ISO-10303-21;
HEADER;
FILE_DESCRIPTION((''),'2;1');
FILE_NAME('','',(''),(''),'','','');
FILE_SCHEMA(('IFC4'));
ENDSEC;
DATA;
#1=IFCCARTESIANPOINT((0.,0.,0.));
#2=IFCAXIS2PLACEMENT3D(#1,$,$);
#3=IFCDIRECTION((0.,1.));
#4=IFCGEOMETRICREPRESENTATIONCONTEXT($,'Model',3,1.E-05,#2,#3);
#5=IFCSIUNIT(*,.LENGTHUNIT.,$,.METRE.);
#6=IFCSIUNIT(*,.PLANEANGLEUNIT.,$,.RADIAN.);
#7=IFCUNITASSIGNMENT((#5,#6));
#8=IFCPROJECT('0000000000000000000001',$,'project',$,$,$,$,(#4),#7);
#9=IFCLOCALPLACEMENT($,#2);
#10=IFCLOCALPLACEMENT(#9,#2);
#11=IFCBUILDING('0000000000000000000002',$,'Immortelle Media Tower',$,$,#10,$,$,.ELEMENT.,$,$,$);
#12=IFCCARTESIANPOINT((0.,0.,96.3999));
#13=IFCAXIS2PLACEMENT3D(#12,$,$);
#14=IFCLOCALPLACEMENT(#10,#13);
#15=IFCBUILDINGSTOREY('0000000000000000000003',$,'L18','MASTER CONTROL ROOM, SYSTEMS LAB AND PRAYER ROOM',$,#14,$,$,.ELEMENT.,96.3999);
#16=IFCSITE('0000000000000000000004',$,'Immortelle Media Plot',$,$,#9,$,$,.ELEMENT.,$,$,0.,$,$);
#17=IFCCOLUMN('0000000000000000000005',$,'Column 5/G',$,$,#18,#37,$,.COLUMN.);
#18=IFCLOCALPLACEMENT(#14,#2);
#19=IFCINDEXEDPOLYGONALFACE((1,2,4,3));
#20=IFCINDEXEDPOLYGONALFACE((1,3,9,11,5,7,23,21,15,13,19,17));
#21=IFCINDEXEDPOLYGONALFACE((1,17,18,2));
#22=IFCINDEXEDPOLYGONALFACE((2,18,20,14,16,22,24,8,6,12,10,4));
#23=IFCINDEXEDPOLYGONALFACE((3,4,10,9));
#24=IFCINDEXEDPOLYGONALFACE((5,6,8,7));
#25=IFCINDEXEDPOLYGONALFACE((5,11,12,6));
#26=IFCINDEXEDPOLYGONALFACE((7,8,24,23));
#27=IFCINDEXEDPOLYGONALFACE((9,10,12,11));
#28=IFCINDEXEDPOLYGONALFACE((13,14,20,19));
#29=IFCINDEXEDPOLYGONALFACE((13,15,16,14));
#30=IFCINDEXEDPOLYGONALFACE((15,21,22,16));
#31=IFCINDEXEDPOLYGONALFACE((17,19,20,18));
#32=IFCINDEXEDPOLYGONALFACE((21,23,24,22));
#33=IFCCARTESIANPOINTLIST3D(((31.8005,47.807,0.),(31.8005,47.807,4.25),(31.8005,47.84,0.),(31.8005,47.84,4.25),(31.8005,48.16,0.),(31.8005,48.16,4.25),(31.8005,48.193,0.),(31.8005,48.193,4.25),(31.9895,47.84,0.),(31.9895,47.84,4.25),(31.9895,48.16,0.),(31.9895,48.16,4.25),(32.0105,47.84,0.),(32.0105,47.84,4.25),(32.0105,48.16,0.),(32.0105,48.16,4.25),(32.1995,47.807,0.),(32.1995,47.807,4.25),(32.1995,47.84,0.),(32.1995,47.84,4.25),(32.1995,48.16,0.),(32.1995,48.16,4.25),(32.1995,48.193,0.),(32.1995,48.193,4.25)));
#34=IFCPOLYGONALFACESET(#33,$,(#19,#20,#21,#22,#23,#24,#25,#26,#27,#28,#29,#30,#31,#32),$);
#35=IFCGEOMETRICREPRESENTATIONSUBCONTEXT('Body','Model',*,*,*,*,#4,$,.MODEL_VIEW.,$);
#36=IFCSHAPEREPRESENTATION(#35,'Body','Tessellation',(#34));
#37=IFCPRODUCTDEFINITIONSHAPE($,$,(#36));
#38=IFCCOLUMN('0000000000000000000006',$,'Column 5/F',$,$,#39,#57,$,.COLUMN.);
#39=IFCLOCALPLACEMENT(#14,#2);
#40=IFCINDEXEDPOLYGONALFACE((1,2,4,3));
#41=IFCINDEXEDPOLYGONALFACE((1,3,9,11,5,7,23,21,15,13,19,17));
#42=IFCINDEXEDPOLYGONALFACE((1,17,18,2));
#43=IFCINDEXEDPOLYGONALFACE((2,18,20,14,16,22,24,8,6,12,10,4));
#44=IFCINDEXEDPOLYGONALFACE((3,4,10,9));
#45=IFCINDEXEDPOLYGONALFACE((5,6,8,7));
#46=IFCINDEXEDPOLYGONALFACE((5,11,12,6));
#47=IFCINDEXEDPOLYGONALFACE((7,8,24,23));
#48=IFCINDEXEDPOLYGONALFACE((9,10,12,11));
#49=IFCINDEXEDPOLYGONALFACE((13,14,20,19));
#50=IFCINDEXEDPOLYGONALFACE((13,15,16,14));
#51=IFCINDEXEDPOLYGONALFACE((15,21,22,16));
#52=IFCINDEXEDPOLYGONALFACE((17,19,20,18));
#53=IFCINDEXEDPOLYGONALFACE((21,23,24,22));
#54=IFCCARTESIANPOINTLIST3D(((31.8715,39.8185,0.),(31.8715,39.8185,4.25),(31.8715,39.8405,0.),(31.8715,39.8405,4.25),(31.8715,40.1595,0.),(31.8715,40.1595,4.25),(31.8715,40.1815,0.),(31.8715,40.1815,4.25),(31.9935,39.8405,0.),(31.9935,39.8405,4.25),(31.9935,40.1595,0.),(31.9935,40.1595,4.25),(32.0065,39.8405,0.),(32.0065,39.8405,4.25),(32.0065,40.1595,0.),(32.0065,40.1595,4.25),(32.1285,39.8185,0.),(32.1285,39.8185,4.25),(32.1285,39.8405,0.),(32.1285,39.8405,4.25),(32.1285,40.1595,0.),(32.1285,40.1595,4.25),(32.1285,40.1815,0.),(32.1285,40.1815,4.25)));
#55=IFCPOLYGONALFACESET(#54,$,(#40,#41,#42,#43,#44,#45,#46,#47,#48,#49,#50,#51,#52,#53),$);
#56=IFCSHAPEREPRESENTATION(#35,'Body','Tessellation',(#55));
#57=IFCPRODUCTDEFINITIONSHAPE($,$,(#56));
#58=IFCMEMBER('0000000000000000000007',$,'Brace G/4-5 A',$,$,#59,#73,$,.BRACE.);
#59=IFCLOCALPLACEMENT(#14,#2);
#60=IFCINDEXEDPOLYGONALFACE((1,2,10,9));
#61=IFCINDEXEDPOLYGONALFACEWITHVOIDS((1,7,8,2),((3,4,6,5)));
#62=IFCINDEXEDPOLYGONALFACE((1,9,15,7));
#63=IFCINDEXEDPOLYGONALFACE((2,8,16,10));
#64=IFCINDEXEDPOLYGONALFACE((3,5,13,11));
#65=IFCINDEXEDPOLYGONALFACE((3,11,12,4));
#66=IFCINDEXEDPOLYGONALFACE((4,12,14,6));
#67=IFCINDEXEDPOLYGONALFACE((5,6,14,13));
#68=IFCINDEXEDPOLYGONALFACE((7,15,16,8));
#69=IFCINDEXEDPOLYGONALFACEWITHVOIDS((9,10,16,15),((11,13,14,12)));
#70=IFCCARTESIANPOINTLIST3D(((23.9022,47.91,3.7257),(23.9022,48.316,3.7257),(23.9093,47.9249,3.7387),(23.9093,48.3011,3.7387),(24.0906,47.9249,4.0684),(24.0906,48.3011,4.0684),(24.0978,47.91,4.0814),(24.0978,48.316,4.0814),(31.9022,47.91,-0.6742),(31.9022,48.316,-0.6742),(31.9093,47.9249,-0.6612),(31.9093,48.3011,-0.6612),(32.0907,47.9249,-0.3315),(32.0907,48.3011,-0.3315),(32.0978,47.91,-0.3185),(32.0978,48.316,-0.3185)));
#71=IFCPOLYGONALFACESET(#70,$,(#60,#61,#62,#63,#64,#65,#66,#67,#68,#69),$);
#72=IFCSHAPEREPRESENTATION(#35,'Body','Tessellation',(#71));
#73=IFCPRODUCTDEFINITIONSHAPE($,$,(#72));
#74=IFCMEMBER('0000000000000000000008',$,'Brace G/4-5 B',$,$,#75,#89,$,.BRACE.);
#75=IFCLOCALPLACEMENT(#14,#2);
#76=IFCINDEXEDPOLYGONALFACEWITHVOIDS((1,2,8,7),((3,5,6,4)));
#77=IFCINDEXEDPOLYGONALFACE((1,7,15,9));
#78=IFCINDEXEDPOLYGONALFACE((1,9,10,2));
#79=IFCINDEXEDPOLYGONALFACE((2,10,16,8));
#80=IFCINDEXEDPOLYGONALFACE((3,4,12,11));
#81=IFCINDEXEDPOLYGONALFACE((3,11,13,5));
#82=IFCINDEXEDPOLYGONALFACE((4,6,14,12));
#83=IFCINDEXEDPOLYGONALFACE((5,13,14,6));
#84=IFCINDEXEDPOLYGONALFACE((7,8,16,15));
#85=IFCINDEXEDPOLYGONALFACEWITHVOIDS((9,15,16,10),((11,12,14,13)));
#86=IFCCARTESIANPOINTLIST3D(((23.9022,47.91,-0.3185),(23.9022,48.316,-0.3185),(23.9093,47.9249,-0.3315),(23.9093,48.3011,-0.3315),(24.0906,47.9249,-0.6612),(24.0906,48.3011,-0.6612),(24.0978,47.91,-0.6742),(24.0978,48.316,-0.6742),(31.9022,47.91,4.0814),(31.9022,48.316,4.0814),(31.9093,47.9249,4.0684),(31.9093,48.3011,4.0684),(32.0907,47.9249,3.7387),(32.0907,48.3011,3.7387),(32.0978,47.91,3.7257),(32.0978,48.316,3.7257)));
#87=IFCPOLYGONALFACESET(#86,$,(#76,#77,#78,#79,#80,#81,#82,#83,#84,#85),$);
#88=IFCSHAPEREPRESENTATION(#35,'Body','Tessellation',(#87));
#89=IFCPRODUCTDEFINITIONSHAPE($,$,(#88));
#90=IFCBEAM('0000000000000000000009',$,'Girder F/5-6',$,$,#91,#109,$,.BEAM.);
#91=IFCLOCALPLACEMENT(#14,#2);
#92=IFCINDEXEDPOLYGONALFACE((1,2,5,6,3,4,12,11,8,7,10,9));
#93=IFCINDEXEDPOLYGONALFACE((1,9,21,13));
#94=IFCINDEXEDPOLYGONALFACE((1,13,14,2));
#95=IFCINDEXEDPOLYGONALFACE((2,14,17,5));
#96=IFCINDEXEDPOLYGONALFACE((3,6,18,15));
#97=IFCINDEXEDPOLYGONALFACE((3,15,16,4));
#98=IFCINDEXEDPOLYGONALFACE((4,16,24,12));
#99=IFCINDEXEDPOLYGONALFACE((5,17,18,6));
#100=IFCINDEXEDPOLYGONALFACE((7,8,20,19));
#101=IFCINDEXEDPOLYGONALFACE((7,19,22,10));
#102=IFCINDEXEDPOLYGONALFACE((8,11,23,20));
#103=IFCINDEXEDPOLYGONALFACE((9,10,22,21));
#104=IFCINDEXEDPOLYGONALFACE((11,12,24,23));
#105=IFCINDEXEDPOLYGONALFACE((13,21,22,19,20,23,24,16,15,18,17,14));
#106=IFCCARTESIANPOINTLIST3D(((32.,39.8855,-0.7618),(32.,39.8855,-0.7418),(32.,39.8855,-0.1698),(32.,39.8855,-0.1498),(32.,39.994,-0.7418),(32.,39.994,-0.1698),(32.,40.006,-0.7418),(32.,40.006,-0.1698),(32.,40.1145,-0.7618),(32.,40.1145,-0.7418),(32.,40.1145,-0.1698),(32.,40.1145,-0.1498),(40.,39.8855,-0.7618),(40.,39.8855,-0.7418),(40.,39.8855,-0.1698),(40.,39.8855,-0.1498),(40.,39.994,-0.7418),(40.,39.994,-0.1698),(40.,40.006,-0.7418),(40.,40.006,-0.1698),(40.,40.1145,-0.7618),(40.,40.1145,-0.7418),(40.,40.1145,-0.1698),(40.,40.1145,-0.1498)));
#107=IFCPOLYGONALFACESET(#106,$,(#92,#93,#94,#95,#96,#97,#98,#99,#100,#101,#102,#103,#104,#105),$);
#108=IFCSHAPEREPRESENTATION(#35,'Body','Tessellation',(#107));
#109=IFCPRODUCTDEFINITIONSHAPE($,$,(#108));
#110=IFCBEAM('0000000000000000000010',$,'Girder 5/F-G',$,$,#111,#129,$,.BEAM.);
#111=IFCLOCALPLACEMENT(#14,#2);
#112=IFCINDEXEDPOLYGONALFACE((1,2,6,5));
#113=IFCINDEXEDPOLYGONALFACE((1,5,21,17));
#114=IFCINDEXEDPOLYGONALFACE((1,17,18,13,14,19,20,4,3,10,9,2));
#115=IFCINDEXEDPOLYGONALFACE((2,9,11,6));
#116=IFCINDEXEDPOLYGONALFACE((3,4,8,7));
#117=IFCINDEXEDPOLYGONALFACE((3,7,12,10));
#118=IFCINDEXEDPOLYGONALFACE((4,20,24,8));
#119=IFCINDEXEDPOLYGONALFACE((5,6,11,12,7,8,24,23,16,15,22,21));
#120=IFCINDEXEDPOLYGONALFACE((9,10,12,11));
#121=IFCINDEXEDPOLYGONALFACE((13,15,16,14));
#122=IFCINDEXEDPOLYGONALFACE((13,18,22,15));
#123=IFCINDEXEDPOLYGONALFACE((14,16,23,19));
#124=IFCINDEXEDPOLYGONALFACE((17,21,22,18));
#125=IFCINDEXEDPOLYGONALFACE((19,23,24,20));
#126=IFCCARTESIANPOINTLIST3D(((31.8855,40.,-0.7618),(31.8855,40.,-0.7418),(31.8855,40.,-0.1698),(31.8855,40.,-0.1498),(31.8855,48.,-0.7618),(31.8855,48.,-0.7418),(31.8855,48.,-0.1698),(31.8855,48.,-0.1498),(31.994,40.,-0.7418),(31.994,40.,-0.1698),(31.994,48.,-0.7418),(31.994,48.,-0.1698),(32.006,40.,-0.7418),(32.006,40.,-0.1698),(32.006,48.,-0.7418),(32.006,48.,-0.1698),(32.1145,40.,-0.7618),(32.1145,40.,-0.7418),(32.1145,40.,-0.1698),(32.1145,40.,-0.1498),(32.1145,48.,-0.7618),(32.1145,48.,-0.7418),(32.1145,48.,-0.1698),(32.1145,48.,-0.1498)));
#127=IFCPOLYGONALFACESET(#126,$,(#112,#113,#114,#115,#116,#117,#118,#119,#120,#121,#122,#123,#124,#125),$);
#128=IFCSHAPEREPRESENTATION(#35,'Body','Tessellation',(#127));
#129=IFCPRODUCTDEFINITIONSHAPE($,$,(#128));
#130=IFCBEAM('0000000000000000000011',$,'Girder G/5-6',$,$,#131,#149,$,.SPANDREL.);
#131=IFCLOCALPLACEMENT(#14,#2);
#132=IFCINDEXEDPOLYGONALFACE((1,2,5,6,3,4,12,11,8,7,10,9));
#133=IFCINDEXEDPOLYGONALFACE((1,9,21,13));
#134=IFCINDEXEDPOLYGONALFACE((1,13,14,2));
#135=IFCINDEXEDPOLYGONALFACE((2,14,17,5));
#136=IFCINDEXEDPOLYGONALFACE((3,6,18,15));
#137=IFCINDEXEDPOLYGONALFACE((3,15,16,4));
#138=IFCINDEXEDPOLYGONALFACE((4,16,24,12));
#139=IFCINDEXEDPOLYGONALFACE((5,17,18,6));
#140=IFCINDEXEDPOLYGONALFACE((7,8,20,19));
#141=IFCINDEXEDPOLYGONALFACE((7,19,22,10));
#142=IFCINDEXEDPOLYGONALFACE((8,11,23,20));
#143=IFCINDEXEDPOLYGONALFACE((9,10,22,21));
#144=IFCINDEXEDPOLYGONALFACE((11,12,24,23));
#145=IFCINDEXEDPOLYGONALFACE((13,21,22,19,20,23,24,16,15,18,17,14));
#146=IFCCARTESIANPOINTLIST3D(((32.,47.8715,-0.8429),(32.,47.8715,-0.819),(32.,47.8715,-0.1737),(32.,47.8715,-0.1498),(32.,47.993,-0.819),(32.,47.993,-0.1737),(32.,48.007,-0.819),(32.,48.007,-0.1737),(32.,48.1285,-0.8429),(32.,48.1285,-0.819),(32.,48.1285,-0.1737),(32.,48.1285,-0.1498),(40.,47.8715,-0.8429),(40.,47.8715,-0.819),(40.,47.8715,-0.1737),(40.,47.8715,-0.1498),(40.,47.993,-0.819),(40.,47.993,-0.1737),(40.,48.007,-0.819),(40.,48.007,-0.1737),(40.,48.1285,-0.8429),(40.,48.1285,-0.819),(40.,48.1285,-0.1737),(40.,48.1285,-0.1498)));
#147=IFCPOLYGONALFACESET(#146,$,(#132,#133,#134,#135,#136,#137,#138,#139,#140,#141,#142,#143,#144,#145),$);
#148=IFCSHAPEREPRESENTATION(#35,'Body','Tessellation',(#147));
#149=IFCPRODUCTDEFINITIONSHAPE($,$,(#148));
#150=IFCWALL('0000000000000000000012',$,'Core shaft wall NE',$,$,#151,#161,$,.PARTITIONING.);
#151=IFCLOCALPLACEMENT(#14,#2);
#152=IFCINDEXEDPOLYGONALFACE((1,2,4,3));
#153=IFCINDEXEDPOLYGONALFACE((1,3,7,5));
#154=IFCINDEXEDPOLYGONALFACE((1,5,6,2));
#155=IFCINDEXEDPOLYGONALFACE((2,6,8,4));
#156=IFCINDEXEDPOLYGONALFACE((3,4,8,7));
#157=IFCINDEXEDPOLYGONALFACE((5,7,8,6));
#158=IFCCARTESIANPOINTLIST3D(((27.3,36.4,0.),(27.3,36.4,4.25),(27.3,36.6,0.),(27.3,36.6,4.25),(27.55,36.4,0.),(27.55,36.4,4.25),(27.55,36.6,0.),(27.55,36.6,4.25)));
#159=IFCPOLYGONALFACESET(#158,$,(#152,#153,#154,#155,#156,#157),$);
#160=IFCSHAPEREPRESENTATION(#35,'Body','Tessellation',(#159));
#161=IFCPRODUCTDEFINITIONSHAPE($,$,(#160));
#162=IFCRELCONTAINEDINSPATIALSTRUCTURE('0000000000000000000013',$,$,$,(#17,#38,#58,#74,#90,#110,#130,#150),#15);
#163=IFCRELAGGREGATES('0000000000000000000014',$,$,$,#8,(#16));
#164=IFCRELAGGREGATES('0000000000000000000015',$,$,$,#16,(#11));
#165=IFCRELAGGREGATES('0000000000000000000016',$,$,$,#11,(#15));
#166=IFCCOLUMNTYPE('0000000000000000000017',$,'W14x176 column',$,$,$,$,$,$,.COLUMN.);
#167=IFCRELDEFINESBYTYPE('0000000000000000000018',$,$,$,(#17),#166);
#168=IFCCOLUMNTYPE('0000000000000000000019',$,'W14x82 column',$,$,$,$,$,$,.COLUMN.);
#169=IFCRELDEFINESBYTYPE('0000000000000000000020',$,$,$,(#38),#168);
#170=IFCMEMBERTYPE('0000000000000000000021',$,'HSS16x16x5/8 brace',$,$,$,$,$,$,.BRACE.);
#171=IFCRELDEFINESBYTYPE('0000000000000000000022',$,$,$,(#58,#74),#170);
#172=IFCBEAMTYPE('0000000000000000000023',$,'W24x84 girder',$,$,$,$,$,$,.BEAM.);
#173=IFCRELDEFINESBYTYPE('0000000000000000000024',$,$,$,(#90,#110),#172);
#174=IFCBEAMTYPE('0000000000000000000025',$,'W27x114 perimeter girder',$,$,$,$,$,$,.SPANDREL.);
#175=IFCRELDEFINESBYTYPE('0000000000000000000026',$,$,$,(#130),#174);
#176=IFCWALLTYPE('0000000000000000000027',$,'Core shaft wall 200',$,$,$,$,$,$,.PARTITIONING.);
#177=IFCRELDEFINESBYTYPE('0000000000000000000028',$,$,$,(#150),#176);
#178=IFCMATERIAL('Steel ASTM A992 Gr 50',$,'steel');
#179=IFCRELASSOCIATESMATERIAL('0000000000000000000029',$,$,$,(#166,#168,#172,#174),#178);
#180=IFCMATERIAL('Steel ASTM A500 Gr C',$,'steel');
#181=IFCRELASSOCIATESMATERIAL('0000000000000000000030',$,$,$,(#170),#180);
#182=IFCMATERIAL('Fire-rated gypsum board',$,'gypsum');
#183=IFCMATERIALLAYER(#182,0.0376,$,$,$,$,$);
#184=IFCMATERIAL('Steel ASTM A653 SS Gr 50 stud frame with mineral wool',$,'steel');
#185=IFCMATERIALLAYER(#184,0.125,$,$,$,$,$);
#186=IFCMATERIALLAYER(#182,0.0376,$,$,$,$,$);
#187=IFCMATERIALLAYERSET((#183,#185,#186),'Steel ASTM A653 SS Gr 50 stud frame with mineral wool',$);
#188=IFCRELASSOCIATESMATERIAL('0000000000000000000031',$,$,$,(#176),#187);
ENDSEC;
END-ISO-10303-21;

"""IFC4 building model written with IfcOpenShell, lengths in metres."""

from ifc_helpers import new_model, si_unit, direction, frame, frame_2d, origin, origin_2d, place, context, subcontext, project, spatial, rectangle, hollow_rectangle, i_section, extrude, material, layer, layer_set, material_profile, profile_set, type_object, element, save


model = new_model("IFC4")

# Units and contexts
model_context = context("Model", 3, precision=1e-05, world=origin(), true_north=direction((0.0, 1.0)))
body_context = subcontext(model_context, "Body", "Model", "MODEL_VIEW")
ifc_project = project(units=[si_unit("LENGTHUNIT", "METRE"), si_unit("PLANEANGLEUNIT", "RADIAN")], contexts=[model_context])

# Site, building, storey
site_placement = place(None, origin())
site = spatial("IfcSite", under=ifc_project, at=site_placement, Name="Immortelle Media Plot", CompositionType="ELEMENT", RefElevation=0.0)
building_placement = place(site_placement, origin())
building = spatial("IfcBuilding", under=site, at=building_placement, Name="Immortelle Media Tower", CompositionType="ELEMENT")
storey_placement = place(building_placement, frame((0.0, 0.0, 96.3999)))
storey = spatial("IfcBuildingStorey", under=building, at=storey_placement, Name="L18", Description="MASTER CONTROL ROOM, SYSTEMS LAB AND PRAYER ROOM", CompositionType="ELEMENT", Elevation=96.3999)

# Columns
ifc_material_1 = material(Name="Steel ASTM A992 Gr 50", Category="steel")
ifc_material_profile_1 = material_profile(ifc_material_1, i_section(OverallWidth=0.3989, OverallDepth=0.386, WebThickness=0.021, FlangeThickness=0.033, at=origin_2d()), Name="W14x176")
ifc_profile_set_1 = profile_set([ifc_material_profile_1], Name="Steel ASTM A992 Gr 50")
column_type_1 = type_object("IfcColumnType", Name="W14x176 column", PredefinedType="COLUMN", material=ifc_profile_set_1)
column_1_placement = place(storey_placement, frame((32.0, 48.0, 0.0), z_axis=(0.0, 0.0, 1.0), x_axis=(1.0, 0.0, 0.0)))
element("IfcColumn", 1, at=column_1_placement, inside=storey, type_object=column_type_1, Name="Column 5/G", PredefinedType="COLUMN", context=body_context, shape_type="SweptSolid", body=[
    extrude(i_section(OverallWidth=0.3989, OverallDepth=0.386, WebThickness=0.021, FlangeThickness=0.033, at=origin_2d()), origin(), (0.0, 0.0, 1.0), 4.25),
])
ifc_material_profile_2 = material_profile(ifc_material_1, i_section(OverallWidth=0.2571, OverallDepth=0.363, WebThickness=0.0129, FlangeThickness=0.022, at=origin_2d()), Name="W14x82")
ifc_profile_set_2 = profile_set([ifc_material_profile_2], Name="Steel ASTM A992 Gr 50")
column_type_2 = type_object("IfcColumnType", Name="W14x82 column", PredefinedType="COLUMN", material=ifc_profile_set_2)
column_2_placement = place(storey_placement, frame((32.0, 40.0, 0.0), z_axis=(0.0, 0.0, 1.0), x_axis=(1.0, 0.0, 0.0)))
element("IfcColumn", 2, at=column_2_placement, inside=storey, type_object=column_type_2, Name="Column 5/F", PredefinedType="COLUMN", context=body_context, shape_type="SweptSolid", body=[
    extrude(i_section(OverallWidth=0.2571, OverallDepth=0.363, WebThickness=0.0129, FlangeThickness=0.022, at=origin_2d()), origin(), (0.0, 0.0, 1.0), 4.25),
])

# Members
ifc_material_2 = material(Name="Steel ASTM A500 Gr C", Category="steel")
ifc_material_profile_3 = material_profile(ifc_material_2, hollow_rectangle(XDim=0.406, YDim=0.406, WallThickness=0.0149, at=origin_2d()), Name="HSS16x16x5/8 brace")
ifc_profile_set_3 = profile_set([ifc_material_profile_3], Name="Steel ASTM A500 Gr C")
member_type = type_object("IfcMemberType", Name="HSS16x16x5/8 brace", PredefinedType="BRACE", material=ifc_profile_set_3)
for number, where, z_axis, x_axis, name in (
    (3, (32.0, 48.113, -0.4963), (-0.87622, 0.0, 0.481911), (0.0, -1.0, 0.0), "Brace G/4-5 A"),
    (4, (32.0, 48.113, 3.9036), (-0.87622, 0.0, -0.481911), (0.0, -1.0, 0.0), "Brace G/4-5 B"),
):
    element("IfcMember", number, at=place(storey_placement, frame(where, z_axis=z_axis, x_axis=x_axis)), inside=storey, type_object=member_type, Name=name, PredefinedType="BRACE", context=body_context, shape_type="SweptSolid", body=[
        extrude(hollow_rectangle(XDim=0.406, YDim=0.406, WallThickness=0.0149, at=origin_2d()), origin(), (0.0, 0.0, 1.0), 9.1301),
    ])

# Beams
ifc_material_profile_4 = material_profile(ifc_material_1, i_section(OverallWidth=0.229, OverallDepth=0.6121, WebThickness=0.012, FlangeThickness=0.02, at=origin_2d()), Name="W24x84")
ifc_profile_set_4 = profile_set([ifc_material_profile_4], Name="Steel ASTM A992 Gr 50")
beam_type_1 = type_object("IfcBeamType", Name="W24x84 girder", PredefinedType="BEAM", material=ifc_profile_set_4)
for number, where, z_axis, x_axis, name in (
    (5, (32.0, 40.0, -0.4558), (1.0, 0.0, 0.0), (0.0, 1.0, 0.0), "Girder F/5-6"),
    (6, (32.0, 40.0, -0.4558), (0.0, 1.0, 0.0), (-1.0, 0.0, 0.0), "Girder 5/F-G"),
):
    element("IfcBeam", number, at=place(storey_placement, frame(where, z_axis=z_axis, x_axis=x_axis)), inside=storey, type_object=beam_type_1, Name=name, PredefinedType="BEAM", context=body_context, shape_type="SweptSolid", body=[
        extrude(i_section(OverallWidth=0.229, OverallDepth=0.6121, WebThickness=0.012, FlangeThickness=0.02, at=origin_2d()), origin(), (0.0, 0.0, 1.0), 8.0),
    ])
ifc_material_profile_5 = material_profile(ifc_material_1, i_section(OverallWidth=0.2571, OverallDepth=0.6931, WebThickness=0.0139, FlangeThickness=0.0239, at=origin_2d()), Name="W27x114")
ifc_profile_set_5 = profile_set([ifc_material_profile_5], Name="Steel ASTM A992 Gr 50")
beam_type_2 = type_object("IfcBeamType", Name="W27x114 perimeter girder", PredefinedType="SPANDREL", material=ifc_profile_set_5)
beam_placement = place(storey_placement, frame((32.0, 48.0, -0.4963), z_axis=(1.0, 0.0, 0.0), x_axis=(0.0, 1.0, 0.0)))
element("IfcBeam", 7, at=beam_placement, inside=storey, type_object=beam_type_2, Name="Girder G/5-6", PredefinedType="SPANDREL", context=body_context, shape_type="SweptSolid", body=[
    extrude(i_section(OverallWidth=0.2571, OverallDepth=0.6931, WebThickness=0.0139, FlangeThickness=0.0239, at=origin_2d()), origin(), (0.0, 0.0, 1.0), 8.0),
])

# Wall
ifc_material_3 = material(Name="Fire-rated gypsum board", Category="gypsum")
ifc_layer_1 = layer(ifc_material_3, 0.0376)
ifc_material_4 = material(Name="Steel ASTM A653 SS Gr 50 stud frame with mineral wool", Category="steel")
ifc_layer_2 = layer(ifc_material_4, 0.125)
ifc_layer_3 = layer(ifc_material_3, 0.0376)
ifc_layer_set_1 = layer_set([ifc_layer_1, ifc_layer_2, ifc_layer_3], Name="Steel ASTM A653 SS Gr 50 stud frame with mineral wool")
wall_type_1 = type_object("IfcWallType", Name="Core shaft wall 200", PredefinedType="PARTITIONING", material=ifc_layer_set_1)
wall_1_placement = place(storey_placement, frame((27.3, 36.5, 0.0), z_axis=(0.0, 0.0, 1.0), x_axis=(1.0, 0.0, 0.0)))
element("IfcWall", 8, at=wall_1_placement, inside=storey, type_object=wall_type_1, Name="Core shaft wall NE", PredefinedType="PARTITIONING", context=body_context, shape_type="SweptSolid", body=[
    extrude(rectangle(XDim=0.25, YDim=0.2, at=frame_2d((0.125, 0.0))), origin(), (0.0, 0.0, 1.0), 4.25),
])

save(model, "model.ifc")
